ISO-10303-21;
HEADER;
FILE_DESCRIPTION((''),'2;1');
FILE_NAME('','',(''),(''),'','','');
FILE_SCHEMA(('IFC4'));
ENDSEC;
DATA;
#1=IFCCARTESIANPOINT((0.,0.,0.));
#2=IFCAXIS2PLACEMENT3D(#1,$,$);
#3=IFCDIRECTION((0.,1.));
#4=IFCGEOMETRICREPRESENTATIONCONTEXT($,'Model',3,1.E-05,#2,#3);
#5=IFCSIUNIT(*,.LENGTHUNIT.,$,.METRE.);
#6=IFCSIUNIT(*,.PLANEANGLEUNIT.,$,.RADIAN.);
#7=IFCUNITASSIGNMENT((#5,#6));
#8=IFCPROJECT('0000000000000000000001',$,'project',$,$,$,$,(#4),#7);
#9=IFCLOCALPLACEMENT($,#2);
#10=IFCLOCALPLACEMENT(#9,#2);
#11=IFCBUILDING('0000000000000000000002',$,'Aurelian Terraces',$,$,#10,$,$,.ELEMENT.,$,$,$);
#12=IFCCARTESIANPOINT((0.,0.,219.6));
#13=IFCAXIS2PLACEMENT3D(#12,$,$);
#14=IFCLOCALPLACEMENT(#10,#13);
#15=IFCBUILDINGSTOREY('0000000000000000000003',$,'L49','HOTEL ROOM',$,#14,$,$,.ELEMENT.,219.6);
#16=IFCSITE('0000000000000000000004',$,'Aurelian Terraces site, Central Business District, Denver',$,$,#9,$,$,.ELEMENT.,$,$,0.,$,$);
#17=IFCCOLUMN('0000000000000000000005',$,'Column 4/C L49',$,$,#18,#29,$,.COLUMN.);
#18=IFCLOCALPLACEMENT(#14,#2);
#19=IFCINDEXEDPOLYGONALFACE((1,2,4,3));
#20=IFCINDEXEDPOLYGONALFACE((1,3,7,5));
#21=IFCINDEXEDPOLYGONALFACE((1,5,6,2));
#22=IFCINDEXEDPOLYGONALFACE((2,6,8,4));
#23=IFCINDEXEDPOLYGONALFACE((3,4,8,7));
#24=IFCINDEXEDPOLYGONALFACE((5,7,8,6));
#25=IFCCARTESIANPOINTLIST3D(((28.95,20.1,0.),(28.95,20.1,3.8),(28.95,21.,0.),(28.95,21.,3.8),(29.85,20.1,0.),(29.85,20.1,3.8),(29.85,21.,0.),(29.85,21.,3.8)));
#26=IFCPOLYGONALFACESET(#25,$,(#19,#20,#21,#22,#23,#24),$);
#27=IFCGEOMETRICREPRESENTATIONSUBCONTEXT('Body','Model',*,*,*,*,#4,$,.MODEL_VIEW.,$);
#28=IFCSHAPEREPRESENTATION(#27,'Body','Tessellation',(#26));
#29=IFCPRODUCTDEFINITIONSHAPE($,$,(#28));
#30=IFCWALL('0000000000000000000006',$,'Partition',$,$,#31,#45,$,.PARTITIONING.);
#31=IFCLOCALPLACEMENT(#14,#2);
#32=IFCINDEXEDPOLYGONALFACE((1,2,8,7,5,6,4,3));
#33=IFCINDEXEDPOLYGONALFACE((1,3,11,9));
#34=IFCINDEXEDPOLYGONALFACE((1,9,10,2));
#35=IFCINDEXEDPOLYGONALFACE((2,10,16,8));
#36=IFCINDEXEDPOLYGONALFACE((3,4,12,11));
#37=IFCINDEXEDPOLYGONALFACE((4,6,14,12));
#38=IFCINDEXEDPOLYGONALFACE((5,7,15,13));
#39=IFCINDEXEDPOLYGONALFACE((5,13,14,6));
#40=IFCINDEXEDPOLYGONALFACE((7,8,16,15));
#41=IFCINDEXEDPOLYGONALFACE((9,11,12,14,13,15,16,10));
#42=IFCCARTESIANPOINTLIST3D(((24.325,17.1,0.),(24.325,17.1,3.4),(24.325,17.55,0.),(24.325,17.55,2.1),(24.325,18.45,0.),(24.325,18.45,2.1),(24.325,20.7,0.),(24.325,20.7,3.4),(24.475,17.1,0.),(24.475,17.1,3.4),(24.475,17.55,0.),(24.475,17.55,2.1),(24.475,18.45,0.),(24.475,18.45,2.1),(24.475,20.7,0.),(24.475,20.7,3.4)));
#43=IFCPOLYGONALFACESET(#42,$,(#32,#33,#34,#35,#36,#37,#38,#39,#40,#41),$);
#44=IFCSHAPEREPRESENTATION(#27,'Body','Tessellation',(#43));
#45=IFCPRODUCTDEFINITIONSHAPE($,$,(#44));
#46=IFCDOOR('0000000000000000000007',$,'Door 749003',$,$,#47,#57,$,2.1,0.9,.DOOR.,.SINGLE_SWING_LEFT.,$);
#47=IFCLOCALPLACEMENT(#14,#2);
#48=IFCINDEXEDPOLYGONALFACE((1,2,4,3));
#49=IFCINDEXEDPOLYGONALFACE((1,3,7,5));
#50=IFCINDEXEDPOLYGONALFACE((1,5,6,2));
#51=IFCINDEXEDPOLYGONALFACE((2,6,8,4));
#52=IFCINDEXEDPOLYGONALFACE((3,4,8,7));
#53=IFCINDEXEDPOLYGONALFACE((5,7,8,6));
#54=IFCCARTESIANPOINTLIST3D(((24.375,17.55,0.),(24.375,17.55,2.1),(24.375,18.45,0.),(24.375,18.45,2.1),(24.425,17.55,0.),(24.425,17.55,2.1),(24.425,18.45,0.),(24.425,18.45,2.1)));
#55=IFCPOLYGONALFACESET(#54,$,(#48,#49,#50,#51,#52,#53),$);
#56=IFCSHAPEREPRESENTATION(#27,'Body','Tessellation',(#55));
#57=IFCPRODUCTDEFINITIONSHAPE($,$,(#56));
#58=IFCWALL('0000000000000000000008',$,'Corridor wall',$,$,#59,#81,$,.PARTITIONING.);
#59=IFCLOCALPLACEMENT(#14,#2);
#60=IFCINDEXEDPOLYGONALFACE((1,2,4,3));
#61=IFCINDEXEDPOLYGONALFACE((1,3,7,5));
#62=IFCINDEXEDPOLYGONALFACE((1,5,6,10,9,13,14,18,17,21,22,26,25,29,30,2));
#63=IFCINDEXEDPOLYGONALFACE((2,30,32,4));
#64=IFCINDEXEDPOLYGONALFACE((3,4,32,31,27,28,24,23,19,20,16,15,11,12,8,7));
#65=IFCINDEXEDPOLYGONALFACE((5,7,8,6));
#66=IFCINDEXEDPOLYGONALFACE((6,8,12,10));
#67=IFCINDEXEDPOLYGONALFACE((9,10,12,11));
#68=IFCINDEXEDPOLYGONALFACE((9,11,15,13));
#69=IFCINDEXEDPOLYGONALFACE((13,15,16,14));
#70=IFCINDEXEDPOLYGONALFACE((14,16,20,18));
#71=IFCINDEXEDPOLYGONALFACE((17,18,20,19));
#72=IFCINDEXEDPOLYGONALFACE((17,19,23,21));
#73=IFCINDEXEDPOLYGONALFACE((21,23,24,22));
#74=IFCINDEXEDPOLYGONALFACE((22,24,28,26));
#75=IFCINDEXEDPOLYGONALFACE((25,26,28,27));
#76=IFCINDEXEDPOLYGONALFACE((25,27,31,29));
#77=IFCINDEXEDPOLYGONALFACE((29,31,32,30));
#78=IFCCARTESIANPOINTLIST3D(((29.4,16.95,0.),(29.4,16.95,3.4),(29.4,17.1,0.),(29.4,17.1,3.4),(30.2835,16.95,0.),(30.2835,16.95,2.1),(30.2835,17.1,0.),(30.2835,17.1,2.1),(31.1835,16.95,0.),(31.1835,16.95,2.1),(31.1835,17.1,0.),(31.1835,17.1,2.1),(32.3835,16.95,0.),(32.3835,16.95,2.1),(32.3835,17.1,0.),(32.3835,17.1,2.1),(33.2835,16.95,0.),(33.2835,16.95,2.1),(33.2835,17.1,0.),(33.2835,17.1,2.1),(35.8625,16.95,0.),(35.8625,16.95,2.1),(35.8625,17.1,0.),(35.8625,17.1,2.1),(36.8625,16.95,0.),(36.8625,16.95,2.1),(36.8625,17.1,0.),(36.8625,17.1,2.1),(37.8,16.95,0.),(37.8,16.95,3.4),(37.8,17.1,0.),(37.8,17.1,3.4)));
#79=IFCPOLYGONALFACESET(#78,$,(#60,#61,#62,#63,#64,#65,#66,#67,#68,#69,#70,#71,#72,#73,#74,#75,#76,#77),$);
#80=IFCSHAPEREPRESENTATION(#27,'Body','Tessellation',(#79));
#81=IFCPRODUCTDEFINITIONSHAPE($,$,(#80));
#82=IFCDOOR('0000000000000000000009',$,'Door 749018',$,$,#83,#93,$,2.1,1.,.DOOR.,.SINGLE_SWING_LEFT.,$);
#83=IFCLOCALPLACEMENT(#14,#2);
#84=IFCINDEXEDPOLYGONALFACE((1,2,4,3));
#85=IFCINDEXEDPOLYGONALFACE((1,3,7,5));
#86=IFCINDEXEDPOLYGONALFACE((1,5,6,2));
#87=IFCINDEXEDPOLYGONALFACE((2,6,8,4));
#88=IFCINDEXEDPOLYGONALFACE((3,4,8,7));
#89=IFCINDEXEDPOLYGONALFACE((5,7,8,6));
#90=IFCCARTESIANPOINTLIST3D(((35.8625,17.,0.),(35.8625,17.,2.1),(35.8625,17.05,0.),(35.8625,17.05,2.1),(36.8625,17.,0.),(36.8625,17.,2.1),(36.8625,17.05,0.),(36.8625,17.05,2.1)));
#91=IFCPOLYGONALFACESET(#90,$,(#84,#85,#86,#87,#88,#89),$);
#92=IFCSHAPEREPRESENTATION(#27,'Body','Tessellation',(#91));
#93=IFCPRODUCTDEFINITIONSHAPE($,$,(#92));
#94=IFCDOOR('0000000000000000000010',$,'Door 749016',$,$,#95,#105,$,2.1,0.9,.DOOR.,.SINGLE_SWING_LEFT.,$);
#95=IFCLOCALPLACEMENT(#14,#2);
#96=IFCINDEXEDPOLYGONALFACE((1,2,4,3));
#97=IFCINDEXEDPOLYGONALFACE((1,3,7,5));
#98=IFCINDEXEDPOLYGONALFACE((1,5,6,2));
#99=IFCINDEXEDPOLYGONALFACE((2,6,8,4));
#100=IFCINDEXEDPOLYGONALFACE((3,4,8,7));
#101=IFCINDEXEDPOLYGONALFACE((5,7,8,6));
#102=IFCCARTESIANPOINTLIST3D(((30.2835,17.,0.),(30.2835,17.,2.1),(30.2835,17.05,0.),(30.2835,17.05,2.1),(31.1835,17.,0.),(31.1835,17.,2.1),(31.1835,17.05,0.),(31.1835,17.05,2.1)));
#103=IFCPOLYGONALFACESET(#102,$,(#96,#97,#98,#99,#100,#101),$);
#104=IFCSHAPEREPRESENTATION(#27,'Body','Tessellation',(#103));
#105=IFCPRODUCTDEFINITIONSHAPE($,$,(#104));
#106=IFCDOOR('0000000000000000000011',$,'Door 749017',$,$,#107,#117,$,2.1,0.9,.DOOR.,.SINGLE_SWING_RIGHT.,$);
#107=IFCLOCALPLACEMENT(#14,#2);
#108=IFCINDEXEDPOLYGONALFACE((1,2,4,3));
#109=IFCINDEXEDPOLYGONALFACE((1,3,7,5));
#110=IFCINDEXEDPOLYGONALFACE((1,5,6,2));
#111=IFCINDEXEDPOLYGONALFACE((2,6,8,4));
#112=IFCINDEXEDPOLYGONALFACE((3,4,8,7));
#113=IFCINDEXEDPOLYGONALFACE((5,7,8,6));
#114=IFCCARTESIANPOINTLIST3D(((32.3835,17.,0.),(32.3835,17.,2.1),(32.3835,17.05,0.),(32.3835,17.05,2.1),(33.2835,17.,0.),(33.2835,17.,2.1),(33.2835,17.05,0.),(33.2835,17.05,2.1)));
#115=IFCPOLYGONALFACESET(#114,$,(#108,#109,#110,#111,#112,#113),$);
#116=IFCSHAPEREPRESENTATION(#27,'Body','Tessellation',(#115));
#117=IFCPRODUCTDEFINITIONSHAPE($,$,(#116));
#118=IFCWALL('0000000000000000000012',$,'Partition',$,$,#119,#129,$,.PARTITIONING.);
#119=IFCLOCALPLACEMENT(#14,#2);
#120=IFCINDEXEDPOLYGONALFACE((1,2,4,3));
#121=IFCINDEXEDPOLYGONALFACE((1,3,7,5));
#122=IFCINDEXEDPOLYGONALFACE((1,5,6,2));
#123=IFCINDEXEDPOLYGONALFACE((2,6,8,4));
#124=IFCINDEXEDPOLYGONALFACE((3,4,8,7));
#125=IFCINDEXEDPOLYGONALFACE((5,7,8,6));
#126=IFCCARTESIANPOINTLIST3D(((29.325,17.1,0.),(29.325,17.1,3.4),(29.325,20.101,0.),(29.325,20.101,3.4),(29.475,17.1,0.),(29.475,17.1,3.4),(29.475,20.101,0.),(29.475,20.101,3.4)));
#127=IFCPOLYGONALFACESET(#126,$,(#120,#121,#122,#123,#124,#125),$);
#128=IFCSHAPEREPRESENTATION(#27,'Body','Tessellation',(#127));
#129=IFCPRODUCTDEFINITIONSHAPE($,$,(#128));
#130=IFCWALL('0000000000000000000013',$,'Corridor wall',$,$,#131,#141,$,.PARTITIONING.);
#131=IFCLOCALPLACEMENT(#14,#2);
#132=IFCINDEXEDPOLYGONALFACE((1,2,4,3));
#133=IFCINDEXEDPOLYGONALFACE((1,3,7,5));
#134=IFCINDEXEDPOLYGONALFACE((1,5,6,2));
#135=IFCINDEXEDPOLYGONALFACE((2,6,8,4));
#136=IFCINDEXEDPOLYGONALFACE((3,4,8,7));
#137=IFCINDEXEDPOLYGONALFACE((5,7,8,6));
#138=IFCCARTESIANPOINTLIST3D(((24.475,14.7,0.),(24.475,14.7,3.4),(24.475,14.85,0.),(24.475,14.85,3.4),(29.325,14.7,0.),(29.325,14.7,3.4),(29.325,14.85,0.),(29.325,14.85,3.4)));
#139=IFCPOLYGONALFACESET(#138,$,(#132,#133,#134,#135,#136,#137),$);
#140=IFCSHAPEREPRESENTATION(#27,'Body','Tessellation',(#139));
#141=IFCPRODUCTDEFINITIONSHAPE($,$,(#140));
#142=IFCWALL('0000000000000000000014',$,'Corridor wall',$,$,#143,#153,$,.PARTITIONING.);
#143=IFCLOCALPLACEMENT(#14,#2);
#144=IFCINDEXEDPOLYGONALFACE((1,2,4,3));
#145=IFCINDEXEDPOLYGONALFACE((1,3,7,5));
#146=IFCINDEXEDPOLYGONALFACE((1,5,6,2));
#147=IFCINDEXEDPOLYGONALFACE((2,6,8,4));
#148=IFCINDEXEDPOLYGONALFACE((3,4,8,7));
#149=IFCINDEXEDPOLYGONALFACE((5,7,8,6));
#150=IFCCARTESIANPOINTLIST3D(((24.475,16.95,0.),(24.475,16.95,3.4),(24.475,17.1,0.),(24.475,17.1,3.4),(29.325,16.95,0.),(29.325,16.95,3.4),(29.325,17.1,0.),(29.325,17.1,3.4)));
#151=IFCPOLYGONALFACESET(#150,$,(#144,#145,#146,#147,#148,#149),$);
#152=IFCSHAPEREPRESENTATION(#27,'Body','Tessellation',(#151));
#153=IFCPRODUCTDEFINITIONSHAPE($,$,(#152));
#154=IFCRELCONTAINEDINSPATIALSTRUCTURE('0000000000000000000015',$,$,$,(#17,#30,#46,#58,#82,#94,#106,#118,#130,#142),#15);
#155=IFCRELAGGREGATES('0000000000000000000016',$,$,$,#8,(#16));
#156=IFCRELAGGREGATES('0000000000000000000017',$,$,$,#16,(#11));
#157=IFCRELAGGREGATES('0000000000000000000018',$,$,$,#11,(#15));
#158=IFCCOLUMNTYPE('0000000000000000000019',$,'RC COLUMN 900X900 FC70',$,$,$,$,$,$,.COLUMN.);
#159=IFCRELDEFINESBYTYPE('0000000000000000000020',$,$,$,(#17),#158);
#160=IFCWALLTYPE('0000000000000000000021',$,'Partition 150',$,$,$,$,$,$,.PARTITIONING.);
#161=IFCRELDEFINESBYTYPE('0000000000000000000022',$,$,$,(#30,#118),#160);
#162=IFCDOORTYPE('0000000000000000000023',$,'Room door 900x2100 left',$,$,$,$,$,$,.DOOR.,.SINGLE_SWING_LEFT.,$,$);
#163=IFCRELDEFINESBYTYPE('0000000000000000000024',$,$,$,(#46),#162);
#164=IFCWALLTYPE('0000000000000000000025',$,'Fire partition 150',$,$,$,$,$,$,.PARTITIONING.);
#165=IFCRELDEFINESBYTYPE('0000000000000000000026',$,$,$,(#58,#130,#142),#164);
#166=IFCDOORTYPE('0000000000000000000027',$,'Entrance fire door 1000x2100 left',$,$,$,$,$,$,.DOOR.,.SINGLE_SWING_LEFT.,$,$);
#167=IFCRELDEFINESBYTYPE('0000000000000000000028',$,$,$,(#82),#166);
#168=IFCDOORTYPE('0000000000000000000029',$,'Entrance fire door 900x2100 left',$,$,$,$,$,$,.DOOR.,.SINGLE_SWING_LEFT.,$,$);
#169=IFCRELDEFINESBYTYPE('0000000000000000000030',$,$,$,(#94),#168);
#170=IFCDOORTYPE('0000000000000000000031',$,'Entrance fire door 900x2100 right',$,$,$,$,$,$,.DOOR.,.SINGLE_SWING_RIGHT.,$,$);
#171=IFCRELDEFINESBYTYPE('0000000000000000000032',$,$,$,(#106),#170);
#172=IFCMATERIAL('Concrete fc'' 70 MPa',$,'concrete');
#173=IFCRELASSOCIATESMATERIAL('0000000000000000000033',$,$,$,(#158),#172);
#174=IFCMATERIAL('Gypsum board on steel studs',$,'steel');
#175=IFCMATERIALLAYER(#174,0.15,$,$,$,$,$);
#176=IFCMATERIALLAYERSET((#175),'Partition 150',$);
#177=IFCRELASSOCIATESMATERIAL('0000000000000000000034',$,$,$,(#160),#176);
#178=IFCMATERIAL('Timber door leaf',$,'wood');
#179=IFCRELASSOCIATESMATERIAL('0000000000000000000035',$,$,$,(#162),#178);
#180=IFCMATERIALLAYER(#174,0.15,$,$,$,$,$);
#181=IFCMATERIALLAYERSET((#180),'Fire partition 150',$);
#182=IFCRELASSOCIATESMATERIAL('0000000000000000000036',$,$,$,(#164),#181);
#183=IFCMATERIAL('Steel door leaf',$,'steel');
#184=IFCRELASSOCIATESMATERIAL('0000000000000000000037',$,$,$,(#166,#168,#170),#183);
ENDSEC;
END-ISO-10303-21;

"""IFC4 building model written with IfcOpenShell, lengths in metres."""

from ifc_helpers import new_model, si_unit, direction, frame, frame_2d, origin, origin_2d, place, context, subcontext, project, spatial, rectangle, extrude, source, transform, mapped, material, layer, layer_set, material_profile, profile_set, type_object, element, fill, save


model = new_model("IFC4")

# Units and contexts
model_context = context("Model", 3, precision=1e-05, world=origin(), true_north=direction((0.0, 1.0)))
body_context = subcontext(model_context, "Body", "Model", "MODEL_VIEW")
ifc_project = project(units=[si_unit("LENGTHUNIT", "METRE"), si_unit("PLANEANGLEUNIT", "RADIAN")], contexts=[model_context])

# Site, building, storey
site_placement = place(None, origin())
site = spatial("IfcSite", under=ifc_project, at=site_placement, Name="Aurelian Terraces site, Central Business District, Denver", CompositionType="ELEMENT", RefElevation=0.0)
building_placement = place(site_placement, origin())
building = spatial("IfcBuilding", under=site, at=building_placement, Name="Aurelian Terraces", CompositionType="ELEMENT")
storey_placement = place(building_placement, frame((0.0, 0.0, 219.6)))
storey = spatial("IfcBuildingStorey", under=building, at=storey_placement, Name="L49", Description="HOTEL ROOM", CompositionType="ELEMENT", Elevation=219.6)

# Column
ifc_material_1 = material(Name="Concrete fc' 70 MPa", Category="concrete")
ifc_material_profile = material_profile(ifc_material_1, rectangle(XDim=0.9, YDim=0.9, at=origin_2d()))
ifc_profile_set = profile_set([ifc_material_profile], Name="Concrete fc' 70 MPa")
column_type = type_object("IfcColumnType", Name="RC COLUMN 900X900 FC70", PredefinedType="COLUMN", material=ifc_profile_set)
shared_shape_1 = source(origin(), body_context, "Body", "SweptSolid", [
    extrude(rectangle(XDim=0.9, YDim=0.9, at=origin_2d()), origin(), (0.0, 0.0, 1.0), 3.8),
])
column_placement = place(storey_placement, frame((29.4, 20.55, 0.0), z_axis=(0.0, 0.0, 1.0), x_axis=(1.0, 0.0, 0.0)))
element("IfcColumn", 1, at=column_placement, inside=storey, type_object=column_type, Name="Column 4/C L49", PredefinedType="COLUMN", context=body_context, shape_type="MappedRepresentation", body=[
    mapped(shared_shape_1, transform((0.0, 0.0, 0.0), scale=1.0)),
])

# Wall, opening, door
ifc_material_2 = material(Name="Gypsum board on steel studs", Category="steel")
ifc_layer_1 = layer(ifc_material_2, 0.15)
ifc_layer_set_1 = layer_set([ifc_layer_1], Name="Partition 150")
wall_type_1 = type_object("IfcWallType", Name="Partition 150", PredefinedType="PARTITIONING", material=ifc_layer_set_1)
shared_shape_2 = source(origin(), body_context, "Body", "SweptSolid", [
    extrude(rectangle(XDim=3.6, YDim=0.15, at=frame_2d((1.8, 0.0))), origin(), (0.0, 0.0, 1.0), 3.4),
])
wall_1_placement = place(storey_placement, frame((24.4, 20.7, 0.0), z_axis=(0.0, 0.0, 1.0), x_axis=(0.0, -1.0, 0.0)))
wall_1 = element("IfcWall", 2, at=wall_1_placement, inside=storey, type_object=wall_type_1, Name="Partition", PredefinedType="PARTITIONING", context=body_context, shape_type="MappedRepresentation", body=[
    mapped(shared_shape_2, transform((0.0, 0.0, 0.0), scale=1.0)),
])
shared_shape_3 = source(origin(), body_context, "Body", "SweptSolid", [
    extrude(rectangle(XDim=0.9, YDim=2.1, at=frame_2d((0.45, 1.05))), frame((0.0, 0.085, 0.0), z_axis=(0.0, -1.0, 0.0), x_axis=(1.0, 0.0, 0.0)), (0.0, 0.0, 1.0), 0.17),
])
opening_1_placement = place(wall_1_placement, frame((2.25, 0.0, 0.0)))
opening_1 = element("IfcOpeningElement", 3, at=opening_1_placement, cuts=wall_1, PredefinedType="OPENING", context=body_context, shape_type="MappedRepresentation", body=[
    mapped(shared_shape_3, transform((0.0, 0.0, 0.0), scale=1.0)),
])
ifc_material_3 = material(Name="Timber door leaf", Category="wood")
door_type_1 = type_object("IfcDoorType", Name="Room door 900x2100 left", OperationType="SINGLE_SWING_LEFT", PredefinedType="DOOR", material=ifc_material_3)
shared_shape_4 = source(origin(), body_context, "Body", "SweptSolid", [
    extrude(rectangle(XDim=0.9, YDim=2.1, at=frame_2d((0.45, 1.05))), frame((0.0, 0.025, 0.0), z_axis=(0.0, -1.0, 0.0), x_axis=(1.0, 0.0, 0.0)), (0.0, 0.0, 1.0), 0.05),
])
door_1_placement = place(opening_1_placement, origin())
door_1 = element("IfcDoor", 4, at=door_1_placement, inside=storey, type_object=door_type_1, Name="Door 749003", OperationType="SINGLE_SWING_LEFT", OverallHeight=2.1, OverallWidth=0.9, PredefinedType="DOOR", context=body_context, shape_type="MappedRepresentation", body=[
    mapped(shared_shape_4, transform((0.0, 0.0, 0.0), scale=1.0)),
])
fill(opening_1, door_1)

# Wall, openings, doors
ifc_layer_2 = layer(ifc_material_2, 0.15)
ifc_layer_set_2 = layer_set([ifc_layer_2], Name="Fire partition 150")
wall_type_2 = type_object("IfcWallType", Name="Fire partition 150", PredefinedType="PARTITIONING", material=ifc_layer_set_2)
shared_shape_5 = source(origin(), body_context, "Body", "SweptSolid", [
    extrude(rectangle(XDim=8.4, YDim=0.15, at=frame_2d((4.2, 0.0))), origin(), (0.0, 0.0, 1.0), 3.4),
])
wall_2_placement = place(storey_placement, frame((29.4, 17.025, 0.0), z_axis=(0.0, 0.0, 1.0), x_axis=(1.0, 0.0, 0.0)))
wall_2 = element("IfcWall", 5, at=wall_2_placement, inside=storey, type_object=wall_type_2, Name="Corridor wall", PredefinedType="PARTITIONING", context=body_context, shape_type="MappedRepresentation", body=[
    mapped(shared_shape_5, transform((0.0, 0.0, 0.0), scale=1.0)),
])
opening_2_placement = place(wall_2_placement, frame((0.8835, 0.0, 0.0)))
opening_2 = element("IfcOpeningElement", 6, at=opening_2_placement, cuts=wall_2, PredefinedType="OPENING", context=body_context, shape_type="MappedRepresentation", body=[
    mapped(shared_shape_3, transform((0.0, 0.0, 0.0), scale=1.0)),
])
opening_3_placement = place(wall_2_placement, frame((2.9835, 0.0, 0.0)))
opening_3 = element("IfcOpeningElement", 7, at=opening_3_placement, cuts=wall_2, PredefinedType="OPENING", context=body_context, shape_type="MappedRepresentation", body=[
    mapped(shared_shape_3, transform((0.0, 0.0, 0.0), scale=1.0)),
])
shared_shape_6 = source(origin(), body_context, "Body", "SweptSolid", [
    extrude(rectangle(XDim=1.0, YDim=2.1, at=frame_2d((0.5, 1.05))), frame((0.0, 0.085, 0.0), z_axis=(0.0, -1.0, 0.0), x_axis=(1.0, 0.0, 0.0)), (0.0, 0.0, 1.0), 0.17),
])
opening_4_placement = place(wall_2_placement, frame((6.4625, 0.0, 0.0)))
opening_4 = element("IfcOpeningElement", 8, at=opening_4_placement, cuts=wall_2, PredefinedType="OPENING", context=body_context, shape_type="MappedRepresentation", body=[
    mapped(shared_shape_6, transform((0.0, 0.0, 0.0), scale=1.0)),
])
ifc_material_4 = material(Name="Steel door leaf", Category="steel")
door_type_2 = type_object("IfcDoorType", Name="Entrance fire door 1000x2100 left", OperationType="SINGLE_SWING_LEFT", PredefinedType="DOOR", material=ifc_material_4)
shared_shape_7 = source(origin(), body_context, "Body", "SweptSolid", [
    extrude(rectangle(XDim=1.0, YDim=2.1, at=frame_2d((0.5, 1.05))), frame((0.0, 0.025, 0.0), z_axis=(0.0, -1.0, 0.0), x_axis=(1.0, 0.0, 0.0)), (0.0, 0.0, 1.0), 0.05),
])
door_2_placement = place(opening_4_placement, origin())
door_2 = element("IfcDoor", 9, at=door_2_placement, inside=storey, type_object=door_type_2, Name="Door 749018", OperationType="SINGLE_SWING_LEFT", OverallHeight=2.1, OverallWidth=1.0, PredefinedType="DOOR", context=body_context, shape_type="MappedRepresentation", body=[
    mapped(shared_shape_7, transform((0.0, 0.0, 0.0), scale=1.0)),
])
fill(opening_4, door_2)
door_type_3 = type_object("IfcDoorType", Name="Entrance fire door 900x2100 left", OperationType="SINGLE_SWING_LEFT", PredefinedType="DOOR", material=ifc_material_4)
door_3_placement = place(opening_2_placement, origin())
door_3 = element("IfcDoor", 10, at=door_3_placement, inside=storey, type_object=door_type_3, Name="Door 749016", OperationType="SINGLE_SWING_LEFT", OverallHeight=2.1, OverallWidth=0.9, PredefinedType="DOOR", context=body_context, shape_type="MappedRepresentation", body=[
    mapped(shared_shape_4, transform((0.0, 0.0, 0.0), scale=1.0)),
])
fill(opening_2, door_3)
door_type_4 = type_object("IfcDoorType", Name="Entrance fire door 900x2100 right", OperationType="SINGLE_SWING_RIGHT", PredefinedType="DOOR", material=ifc_material_4)
door_4_placement = place(opening_3_placement, origin())
door_4 = element("IfcDoor", 11, at=door_4_placement, inside=storey, type_object=door_type_4, Name="Door 749017", OperationType="SINGLE_SWING_RIGHT", OverallHeight=2.1, OverallWidth=0.9, PredefinedType="DOOR", context=body_context, shape_type="MappedRepresentation", body=[
    mapped(shared_shape_4, transform((0.0, 0.0, 0.0), scale=1.0)),
])
fill(opening_3, door_4)

# Walls
shared_shape_8 = source(origin(), body_context, "Body", "SweptSolid", [
    extrude(rectangle(XDim=3.001, YDim=0.15, at=frame_2d((1.5005, 0.0))), origin(), (0.0, 0.0, 1.0), 3.4),
])
wall_3_placement = place(storey_placement, frame((29.4, 17.1, 0.0), z_axis=(0.0, 0.0, 1.0), x_axis=(0.0, 1.0, 0.0)))
element("IfcWall", 12, at=wall_3_placement, inside=storey, type_object=wall_type_1, Name="Partition", PredefinedType="PARTITIONING", context=body_context, shape_type="MappedRepresentation", body=[
    mapped(shared_shape_8, transform((0.0, 0.0, 0.0), scale=1.0)),
])
shared_shape_9 = source(origin(), body_context, "Body", "SweptSolid", [
    extrude(rectangle(XDim=4.85, YDim=0.15, at=frame_2d((2.425, 0.0))), origin(), (0.0, 0.0, 1.0), 3.4),
])
for number, where, z_axis, x_axis, name in (
    (13, (29.325, 14.775, 0.0), (0.0, 0.0, 1.0), (-1.0, 0.0, 0.0), "Corridor wall"),
    (14, (24.475, 17.025, 0.0), (0.0, 0.0, 1.0), (1.0, 0.0, 0.0), "Corridor wall"),
):
    element("IfcWall", number, at=place(storey_placement, frame(where, z_axis=z_axis, x_axis=x_axis)), inside=storey, type_object=wall_type_2, Name=name, PredefinedType="PARTITIONING", context=body_context, shape_type="MappedRepresentation", body=[
        mapped(shared_shape_9, transform((0.0, 0.0, 0.0), scale=1.0)),
    ])

save(model, "model.ifc")
